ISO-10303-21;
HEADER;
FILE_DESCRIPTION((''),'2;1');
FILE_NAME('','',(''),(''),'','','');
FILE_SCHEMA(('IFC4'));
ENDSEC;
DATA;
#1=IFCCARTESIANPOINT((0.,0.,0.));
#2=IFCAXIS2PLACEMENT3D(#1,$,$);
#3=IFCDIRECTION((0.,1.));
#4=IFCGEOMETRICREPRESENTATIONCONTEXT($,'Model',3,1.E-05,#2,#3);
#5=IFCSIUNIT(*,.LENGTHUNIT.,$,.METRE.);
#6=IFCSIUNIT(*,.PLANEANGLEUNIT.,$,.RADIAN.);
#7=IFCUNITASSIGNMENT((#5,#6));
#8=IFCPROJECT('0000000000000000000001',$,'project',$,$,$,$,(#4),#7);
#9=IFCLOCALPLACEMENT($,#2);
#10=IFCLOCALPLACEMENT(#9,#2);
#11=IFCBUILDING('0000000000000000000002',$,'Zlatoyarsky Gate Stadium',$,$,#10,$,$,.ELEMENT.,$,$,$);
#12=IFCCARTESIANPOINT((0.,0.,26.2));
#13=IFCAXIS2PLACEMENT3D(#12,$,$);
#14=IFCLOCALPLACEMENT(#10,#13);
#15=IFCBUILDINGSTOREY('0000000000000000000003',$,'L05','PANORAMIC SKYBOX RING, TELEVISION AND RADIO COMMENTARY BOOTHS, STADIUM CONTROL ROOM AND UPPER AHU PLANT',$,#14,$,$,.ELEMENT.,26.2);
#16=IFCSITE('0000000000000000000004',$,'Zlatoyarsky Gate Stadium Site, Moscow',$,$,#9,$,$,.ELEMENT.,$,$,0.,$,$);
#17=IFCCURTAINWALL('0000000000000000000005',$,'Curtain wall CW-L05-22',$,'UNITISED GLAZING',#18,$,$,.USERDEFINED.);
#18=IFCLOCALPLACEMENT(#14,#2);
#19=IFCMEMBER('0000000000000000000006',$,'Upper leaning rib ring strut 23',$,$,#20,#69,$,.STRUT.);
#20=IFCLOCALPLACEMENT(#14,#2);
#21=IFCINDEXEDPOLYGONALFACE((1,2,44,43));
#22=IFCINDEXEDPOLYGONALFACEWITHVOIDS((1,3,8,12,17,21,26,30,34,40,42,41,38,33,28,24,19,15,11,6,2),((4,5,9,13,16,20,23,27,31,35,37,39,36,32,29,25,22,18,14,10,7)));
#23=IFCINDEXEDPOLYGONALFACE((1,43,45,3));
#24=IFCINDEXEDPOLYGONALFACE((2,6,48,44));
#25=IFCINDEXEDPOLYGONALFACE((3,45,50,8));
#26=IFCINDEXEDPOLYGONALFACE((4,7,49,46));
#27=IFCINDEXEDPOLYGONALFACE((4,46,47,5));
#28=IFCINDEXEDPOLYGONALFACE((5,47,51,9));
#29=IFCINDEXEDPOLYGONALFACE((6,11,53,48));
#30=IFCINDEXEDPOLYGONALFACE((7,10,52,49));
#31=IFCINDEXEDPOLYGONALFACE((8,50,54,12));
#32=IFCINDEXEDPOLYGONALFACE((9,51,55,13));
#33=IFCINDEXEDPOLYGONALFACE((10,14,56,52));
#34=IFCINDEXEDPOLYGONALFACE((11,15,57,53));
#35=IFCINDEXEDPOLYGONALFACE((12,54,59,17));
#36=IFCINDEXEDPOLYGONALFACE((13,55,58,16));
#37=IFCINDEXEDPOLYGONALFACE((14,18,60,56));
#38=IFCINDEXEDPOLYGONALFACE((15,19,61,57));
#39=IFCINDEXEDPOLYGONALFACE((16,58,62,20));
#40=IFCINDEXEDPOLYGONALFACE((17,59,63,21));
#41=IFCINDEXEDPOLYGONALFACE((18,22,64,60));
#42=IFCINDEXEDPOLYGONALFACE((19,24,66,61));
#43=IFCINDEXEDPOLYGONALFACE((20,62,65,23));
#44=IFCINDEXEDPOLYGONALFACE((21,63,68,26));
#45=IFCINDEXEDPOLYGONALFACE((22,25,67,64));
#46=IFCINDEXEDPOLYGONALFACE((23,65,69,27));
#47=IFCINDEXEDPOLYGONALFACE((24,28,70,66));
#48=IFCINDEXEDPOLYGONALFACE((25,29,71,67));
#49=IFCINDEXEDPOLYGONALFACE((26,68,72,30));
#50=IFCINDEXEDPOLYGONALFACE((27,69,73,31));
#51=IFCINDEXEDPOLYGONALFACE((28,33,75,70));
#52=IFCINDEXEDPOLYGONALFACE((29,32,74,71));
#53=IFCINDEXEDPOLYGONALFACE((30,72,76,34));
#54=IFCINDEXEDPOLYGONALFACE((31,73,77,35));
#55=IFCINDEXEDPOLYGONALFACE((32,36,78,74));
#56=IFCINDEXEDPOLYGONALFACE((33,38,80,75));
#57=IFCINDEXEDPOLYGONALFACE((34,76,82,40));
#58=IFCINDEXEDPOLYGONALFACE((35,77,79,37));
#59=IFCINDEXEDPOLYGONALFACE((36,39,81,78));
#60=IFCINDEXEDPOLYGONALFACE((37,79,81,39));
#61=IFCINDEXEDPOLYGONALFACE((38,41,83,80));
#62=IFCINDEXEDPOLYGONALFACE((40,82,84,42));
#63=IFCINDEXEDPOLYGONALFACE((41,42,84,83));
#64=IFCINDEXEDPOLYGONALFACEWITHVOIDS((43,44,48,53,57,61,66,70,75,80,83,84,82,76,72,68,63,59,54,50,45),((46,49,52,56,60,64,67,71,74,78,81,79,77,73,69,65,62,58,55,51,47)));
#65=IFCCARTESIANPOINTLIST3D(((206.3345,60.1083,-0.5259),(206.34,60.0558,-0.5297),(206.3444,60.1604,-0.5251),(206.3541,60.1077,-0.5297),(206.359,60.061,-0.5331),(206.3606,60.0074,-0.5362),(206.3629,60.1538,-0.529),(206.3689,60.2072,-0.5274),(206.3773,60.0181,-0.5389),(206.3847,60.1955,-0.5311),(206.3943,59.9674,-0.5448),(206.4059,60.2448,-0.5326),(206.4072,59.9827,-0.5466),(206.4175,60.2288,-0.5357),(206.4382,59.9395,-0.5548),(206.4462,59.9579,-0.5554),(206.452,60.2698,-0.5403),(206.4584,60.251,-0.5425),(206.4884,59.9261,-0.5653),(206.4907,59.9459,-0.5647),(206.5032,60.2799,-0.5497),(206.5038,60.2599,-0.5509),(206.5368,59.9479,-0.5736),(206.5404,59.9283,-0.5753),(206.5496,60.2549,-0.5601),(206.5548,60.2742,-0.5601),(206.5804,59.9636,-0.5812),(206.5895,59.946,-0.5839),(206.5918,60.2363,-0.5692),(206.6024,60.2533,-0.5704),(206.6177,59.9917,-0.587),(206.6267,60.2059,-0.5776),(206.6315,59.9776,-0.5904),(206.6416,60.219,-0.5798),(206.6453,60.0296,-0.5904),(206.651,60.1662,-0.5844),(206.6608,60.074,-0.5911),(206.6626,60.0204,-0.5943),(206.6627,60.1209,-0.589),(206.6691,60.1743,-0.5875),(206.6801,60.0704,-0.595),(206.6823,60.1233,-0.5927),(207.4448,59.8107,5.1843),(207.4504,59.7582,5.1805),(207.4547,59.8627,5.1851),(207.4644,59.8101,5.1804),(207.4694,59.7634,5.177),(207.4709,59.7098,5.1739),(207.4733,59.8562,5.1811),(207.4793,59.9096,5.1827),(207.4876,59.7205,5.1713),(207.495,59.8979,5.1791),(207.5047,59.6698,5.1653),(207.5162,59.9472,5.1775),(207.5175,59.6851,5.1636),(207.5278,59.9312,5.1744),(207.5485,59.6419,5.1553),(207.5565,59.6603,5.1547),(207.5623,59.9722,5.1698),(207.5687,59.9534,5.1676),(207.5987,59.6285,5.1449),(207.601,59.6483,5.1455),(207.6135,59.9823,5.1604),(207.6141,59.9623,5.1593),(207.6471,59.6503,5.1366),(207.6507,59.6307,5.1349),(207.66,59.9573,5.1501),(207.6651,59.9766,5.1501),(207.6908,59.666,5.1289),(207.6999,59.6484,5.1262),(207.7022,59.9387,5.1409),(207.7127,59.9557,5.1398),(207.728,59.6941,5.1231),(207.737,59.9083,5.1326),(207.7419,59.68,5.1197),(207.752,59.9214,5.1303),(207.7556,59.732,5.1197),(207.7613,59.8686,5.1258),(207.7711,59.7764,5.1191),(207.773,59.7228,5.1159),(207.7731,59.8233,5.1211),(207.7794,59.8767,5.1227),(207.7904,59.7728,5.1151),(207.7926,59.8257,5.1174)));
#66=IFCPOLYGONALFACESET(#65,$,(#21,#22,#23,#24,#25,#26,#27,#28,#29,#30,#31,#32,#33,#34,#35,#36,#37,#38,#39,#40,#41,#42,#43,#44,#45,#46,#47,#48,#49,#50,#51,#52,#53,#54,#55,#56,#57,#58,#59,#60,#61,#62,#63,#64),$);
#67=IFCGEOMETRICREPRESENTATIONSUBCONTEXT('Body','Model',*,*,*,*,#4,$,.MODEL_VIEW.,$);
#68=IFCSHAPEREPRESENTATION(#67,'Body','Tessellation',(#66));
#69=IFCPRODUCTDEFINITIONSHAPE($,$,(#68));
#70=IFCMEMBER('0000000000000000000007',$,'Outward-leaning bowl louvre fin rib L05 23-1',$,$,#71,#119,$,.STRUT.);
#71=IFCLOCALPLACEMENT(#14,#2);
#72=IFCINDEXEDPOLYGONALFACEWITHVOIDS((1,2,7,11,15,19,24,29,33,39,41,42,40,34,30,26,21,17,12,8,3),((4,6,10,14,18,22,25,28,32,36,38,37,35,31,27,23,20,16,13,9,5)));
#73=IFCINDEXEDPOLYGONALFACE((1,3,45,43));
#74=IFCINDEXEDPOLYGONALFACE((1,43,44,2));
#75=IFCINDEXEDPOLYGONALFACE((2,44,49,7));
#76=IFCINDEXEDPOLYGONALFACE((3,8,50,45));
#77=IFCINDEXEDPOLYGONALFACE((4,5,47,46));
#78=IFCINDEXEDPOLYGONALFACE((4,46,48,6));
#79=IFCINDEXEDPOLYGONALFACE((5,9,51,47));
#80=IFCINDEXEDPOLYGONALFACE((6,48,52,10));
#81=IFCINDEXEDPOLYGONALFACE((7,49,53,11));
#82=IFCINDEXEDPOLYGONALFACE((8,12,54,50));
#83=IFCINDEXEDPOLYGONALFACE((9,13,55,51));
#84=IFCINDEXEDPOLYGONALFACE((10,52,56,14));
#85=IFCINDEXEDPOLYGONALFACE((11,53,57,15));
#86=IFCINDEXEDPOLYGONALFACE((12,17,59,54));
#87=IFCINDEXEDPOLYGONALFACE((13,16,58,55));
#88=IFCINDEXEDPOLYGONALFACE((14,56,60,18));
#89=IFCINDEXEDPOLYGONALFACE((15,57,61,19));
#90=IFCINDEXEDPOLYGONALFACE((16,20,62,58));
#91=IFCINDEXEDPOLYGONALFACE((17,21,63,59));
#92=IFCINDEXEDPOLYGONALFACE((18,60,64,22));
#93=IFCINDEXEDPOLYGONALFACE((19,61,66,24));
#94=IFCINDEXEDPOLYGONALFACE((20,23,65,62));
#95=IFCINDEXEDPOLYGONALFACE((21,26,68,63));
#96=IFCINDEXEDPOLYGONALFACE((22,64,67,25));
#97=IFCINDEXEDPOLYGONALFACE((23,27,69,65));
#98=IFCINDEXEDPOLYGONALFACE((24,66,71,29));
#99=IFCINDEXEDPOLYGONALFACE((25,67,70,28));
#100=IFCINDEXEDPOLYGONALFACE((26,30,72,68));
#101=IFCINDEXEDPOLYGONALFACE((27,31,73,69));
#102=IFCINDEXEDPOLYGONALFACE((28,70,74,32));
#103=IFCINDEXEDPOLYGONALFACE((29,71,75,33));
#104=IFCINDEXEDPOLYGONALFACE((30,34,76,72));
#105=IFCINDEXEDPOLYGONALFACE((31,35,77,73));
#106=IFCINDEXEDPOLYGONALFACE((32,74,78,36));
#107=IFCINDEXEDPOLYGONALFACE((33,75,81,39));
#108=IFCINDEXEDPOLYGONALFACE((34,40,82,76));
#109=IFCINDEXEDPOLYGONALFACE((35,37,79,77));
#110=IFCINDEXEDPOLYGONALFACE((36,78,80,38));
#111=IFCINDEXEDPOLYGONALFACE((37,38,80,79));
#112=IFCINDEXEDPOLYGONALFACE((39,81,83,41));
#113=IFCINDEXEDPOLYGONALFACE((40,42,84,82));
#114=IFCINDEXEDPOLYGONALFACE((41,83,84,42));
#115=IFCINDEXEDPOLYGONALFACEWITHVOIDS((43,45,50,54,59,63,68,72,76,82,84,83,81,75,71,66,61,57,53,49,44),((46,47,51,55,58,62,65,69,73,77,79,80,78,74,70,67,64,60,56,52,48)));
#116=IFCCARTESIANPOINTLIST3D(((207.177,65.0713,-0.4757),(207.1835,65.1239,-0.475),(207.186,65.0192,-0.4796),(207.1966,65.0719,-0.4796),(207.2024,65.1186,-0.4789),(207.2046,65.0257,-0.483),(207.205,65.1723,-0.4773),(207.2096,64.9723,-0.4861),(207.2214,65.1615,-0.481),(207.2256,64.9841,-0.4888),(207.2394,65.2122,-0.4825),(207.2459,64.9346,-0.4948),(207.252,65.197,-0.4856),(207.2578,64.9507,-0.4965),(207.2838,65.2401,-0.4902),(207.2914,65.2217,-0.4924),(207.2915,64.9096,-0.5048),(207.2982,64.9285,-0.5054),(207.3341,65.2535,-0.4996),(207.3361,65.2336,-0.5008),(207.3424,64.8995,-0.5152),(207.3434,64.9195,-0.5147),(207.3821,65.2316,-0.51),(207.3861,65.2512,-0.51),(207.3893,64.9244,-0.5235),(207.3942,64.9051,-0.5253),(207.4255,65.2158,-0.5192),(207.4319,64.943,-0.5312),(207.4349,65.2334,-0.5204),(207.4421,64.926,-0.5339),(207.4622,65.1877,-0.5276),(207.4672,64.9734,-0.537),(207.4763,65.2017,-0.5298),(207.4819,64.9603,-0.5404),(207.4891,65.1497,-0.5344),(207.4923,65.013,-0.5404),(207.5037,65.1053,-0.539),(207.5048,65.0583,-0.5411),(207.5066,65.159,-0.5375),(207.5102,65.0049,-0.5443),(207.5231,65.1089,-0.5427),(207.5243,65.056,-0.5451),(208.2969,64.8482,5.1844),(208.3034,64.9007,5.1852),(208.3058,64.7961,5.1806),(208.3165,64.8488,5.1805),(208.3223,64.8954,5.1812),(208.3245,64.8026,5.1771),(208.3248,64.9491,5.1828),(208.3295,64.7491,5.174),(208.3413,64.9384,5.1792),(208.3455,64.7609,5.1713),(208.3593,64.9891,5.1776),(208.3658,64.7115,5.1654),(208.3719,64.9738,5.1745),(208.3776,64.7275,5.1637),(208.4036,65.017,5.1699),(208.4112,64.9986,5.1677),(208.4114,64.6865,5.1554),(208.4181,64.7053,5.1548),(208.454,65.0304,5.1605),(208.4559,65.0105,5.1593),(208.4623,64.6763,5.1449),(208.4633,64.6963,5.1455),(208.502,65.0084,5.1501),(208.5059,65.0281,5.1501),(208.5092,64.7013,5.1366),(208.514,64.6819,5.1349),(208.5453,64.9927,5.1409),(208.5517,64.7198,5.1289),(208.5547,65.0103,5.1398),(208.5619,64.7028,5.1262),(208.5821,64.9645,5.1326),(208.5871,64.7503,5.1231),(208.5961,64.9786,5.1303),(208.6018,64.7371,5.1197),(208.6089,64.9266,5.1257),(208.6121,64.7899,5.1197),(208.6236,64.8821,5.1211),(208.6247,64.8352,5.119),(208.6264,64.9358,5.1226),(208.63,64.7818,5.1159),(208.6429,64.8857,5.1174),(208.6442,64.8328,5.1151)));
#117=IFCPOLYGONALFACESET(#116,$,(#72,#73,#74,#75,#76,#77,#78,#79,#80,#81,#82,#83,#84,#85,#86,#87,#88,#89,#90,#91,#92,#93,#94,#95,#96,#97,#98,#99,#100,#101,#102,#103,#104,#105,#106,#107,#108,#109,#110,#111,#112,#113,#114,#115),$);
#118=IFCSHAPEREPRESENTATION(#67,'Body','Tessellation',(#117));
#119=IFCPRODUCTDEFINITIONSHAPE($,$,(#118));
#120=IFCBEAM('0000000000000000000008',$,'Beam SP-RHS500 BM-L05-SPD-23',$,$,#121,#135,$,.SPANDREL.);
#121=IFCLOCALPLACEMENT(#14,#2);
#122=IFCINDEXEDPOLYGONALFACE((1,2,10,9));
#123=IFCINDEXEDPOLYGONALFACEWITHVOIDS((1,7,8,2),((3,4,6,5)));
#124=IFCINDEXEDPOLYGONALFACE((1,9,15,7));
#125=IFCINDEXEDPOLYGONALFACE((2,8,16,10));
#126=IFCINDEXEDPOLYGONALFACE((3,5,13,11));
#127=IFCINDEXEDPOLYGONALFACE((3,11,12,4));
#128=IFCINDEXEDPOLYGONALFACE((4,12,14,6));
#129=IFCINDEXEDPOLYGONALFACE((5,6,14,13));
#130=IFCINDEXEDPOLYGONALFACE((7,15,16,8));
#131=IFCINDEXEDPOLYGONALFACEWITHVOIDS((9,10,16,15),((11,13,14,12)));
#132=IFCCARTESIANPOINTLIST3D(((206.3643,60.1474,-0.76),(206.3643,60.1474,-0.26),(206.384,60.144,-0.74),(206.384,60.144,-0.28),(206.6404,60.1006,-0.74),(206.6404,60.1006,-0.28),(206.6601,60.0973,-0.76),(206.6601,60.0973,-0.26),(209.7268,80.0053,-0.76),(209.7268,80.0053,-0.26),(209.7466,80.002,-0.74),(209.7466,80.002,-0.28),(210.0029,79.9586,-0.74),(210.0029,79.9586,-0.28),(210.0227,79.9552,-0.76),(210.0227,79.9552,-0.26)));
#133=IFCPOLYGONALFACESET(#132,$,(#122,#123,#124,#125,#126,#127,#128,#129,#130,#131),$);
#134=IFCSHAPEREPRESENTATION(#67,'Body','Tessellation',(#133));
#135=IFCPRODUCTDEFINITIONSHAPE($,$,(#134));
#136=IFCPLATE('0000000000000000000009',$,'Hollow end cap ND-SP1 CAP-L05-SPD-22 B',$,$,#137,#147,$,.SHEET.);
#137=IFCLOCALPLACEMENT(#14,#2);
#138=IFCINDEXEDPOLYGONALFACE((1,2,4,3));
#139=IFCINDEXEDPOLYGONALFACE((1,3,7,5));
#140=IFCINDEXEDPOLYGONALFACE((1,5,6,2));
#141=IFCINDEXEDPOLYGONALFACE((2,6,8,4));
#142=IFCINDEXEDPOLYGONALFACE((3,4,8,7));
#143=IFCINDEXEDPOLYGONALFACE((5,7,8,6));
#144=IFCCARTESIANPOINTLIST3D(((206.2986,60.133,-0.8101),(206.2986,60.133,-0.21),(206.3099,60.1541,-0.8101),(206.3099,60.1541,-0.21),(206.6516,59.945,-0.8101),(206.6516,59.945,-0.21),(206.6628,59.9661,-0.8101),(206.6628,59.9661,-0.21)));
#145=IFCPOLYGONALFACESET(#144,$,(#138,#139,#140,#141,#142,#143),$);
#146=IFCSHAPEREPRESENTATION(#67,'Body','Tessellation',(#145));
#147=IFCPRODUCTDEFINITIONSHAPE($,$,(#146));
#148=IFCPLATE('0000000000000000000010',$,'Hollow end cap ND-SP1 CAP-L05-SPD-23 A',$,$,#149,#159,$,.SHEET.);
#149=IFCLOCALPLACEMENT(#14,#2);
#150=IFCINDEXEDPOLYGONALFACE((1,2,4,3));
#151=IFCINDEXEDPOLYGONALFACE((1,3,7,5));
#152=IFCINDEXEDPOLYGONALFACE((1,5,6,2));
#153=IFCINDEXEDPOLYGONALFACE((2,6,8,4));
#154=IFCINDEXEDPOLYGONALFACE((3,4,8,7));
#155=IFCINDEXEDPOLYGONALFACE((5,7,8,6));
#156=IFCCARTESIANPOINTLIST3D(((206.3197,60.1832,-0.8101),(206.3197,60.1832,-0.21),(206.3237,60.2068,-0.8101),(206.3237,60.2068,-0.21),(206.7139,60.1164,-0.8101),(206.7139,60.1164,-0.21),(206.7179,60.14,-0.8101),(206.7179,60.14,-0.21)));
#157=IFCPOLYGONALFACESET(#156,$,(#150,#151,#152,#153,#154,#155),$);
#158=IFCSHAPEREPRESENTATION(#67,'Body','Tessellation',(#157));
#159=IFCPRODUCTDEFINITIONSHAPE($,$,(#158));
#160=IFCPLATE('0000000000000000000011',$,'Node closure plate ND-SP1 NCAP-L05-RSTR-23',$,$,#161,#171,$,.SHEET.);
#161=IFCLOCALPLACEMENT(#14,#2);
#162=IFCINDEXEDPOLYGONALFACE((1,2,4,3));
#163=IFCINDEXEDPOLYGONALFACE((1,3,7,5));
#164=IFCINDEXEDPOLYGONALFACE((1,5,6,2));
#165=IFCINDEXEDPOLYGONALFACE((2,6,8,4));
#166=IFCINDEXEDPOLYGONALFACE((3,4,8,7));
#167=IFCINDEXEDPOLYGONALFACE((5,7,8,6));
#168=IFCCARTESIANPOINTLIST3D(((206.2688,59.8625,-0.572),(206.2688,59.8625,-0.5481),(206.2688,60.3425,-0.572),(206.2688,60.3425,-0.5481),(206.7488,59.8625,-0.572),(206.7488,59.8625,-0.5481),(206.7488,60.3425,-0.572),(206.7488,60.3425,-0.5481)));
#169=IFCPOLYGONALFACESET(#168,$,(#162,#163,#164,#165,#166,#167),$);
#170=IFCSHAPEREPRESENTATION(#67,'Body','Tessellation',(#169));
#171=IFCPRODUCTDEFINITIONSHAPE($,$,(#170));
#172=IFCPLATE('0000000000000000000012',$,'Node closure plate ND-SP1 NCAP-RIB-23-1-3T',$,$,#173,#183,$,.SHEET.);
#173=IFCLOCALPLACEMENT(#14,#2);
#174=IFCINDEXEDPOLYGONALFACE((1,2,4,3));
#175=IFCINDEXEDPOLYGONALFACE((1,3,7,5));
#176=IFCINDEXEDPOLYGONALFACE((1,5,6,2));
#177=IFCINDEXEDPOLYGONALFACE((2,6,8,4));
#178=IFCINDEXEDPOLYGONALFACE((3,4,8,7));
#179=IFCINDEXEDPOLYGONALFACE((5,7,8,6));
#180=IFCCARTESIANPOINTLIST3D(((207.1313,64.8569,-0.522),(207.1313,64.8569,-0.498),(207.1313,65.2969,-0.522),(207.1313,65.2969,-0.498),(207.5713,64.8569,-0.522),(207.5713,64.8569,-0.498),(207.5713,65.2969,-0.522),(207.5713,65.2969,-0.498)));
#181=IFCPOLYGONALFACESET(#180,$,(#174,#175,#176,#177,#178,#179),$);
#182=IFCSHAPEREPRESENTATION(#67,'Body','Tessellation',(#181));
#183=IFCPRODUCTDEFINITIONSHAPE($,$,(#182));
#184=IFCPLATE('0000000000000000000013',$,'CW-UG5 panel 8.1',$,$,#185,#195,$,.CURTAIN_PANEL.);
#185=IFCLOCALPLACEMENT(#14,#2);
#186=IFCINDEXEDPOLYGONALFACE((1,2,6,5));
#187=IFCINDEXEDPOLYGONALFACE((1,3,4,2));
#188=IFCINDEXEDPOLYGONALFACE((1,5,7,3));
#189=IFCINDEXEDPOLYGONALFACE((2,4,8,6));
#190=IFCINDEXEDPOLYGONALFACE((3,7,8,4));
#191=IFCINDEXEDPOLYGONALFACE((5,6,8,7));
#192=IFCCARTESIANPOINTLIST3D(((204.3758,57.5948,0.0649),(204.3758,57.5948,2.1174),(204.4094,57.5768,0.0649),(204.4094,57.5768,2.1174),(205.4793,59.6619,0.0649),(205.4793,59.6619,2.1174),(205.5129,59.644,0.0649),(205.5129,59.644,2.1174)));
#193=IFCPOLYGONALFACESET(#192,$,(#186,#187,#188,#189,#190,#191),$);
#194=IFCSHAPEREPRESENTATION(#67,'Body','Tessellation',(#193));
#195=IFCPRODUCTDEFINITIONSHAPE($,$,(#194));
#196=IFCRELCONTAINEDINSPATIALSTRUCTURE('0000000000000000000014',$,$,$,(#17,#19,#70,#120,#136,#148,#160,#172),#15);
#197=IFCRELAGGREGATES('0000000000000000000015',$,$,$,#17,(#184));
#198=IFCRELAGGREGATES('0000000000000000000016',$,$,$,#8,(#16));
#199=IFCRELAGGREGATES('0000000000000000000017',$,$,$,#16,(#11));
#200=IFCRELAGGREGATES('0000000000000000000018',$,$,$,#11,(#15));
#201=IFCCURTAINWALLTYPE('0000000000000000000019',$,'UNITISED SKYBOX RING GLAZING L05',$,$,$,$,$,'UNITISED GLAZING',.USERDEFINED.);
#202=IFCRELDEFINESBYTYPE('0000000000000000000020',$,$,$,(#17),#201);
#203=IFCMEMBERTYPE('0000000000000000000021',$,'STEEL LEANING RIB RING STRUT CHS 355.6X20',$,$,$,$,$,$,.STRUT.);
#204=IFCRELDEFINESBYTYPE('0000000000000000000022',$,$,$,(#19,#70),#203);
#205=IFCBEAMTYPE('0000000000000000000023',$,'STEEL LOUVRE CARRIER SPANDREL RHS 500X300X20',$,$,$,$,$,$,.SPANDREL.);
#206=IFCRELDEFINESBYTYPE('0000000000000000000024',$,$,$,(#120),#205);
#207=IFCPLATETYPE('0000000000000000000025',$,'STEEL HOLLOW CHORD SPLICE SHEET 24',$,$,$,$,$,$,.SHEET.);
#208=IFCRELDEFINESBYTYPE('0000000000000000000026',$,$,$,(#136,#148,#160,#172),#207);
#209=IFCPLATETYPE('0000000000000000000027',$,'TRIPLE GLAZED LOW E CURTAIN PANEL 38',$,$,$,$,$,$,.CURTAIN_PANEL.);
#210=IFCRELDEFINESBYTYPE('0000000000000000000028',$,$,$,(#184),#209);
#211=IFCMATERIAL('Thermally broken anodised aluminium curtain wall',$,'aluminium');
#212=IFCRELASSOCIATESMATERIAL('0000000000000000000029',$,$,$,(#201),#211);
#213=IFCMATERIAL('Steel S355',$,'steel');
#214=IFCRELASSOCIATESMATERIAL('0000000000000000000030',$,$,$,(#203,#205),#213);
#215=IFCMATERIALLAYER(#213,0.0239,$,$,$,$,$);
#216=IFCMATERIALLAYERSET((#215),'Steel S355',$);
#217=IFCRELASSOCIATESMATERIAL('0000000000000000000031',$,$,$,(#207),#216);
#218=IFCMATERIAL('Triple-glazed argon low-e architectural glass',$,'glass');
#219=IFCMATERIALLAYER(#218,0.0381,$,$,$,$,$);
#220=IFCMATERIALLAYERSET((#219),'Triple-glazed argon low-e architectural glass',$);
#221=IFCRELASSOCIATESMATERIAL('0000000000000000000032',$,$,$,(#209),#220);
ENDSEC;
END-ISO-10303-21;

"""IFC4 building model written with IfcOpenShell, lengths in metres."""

from ifc_helpers import new_model, si_unit, direction, frame, origin, origin_2d, place, context, subcontext, project, spatial, rectangle, hollow_rectangle, hollow_circle, extrude, material, layer, layer_set, material_profile, profile_set, type_object, element, aggregate, save


model = new_model("IFC4")

# Units and contexts
model_context = context("Model", 3, precision=1e-05, world=origin(), true_north=direction((0.0, 1.0)))
body_context = subcontext(model_context, "Body", "Model", "MODEL_VIEW")
ifc_project = project(units=[si_unit("LENGTHUNIT", "METRE"), si_unit("PLANEANGLEUNIT", "RADIAN")], contexts=[model_context])

# Site, building, storey
site_placement = place(None, origin())
site = spatial("IfcSite", under=ifc_project, at=site_placement, Name="Zlatoyarsky Gate Stadium Site, Moscow", CompositionType="ELEMENT", RefElevation=0.0)
building_placement = place(site_placement, origin())
building = spatial("IfcBuilding", under=site, at=building_placement, Name="Zlatoyarsky Gate Stadium", CompositionType="ELEMENT")
storey_placement = place(building_placement, frame((0.0, 0.0, 26.2)))
storey = spatial("IfcBuildingStorey", under=building, at=storey_placement, Name="L05", Description="PANORAMIC SKYBOX RING, TELEVISION AND RADIO COMMENTARY BOOTHS, STADIUM CONTROL ROOM AND UPPER AHU PLANT", CompositionType="ELEMENT", Elevation=26.2)

# Curtain wall
ifc_material_1 = material(Name="Thermally broken anodised aluminium curtain wall", Category="aluminium")
curtain_wall_type = type_object("IfcCurtainWallType", Name="UNITISED SKYBOX RING GLAZING L05", ElementType="UNITISED GLAZING", PredefinedType="USERDEFINED", material=ifc_material_1)
curtain_wall_1_placement = place(storey_placement, origin())
curtain_wall_1 = element("IfcCurtainWall", 1, at=curtain_wall_1_placement, inside=storey, type_object=curtain_wall_type, Name="Curtain wall CW-L05-22", ObjectType="UNITISED GLAZING", PredefinedType="USERDEFINED")

# Members
ifc_material_2 = material(Name="Steel S355", Category="steel")
ifc_material_profile_1 = material_profile(ifc_material_2, hollow_circle(Radius=0.1777, WallThickness=0.02, at=origin_2d()), Name="CHS 355.6X20")
ifc_profile_set_1 = profile_set([ifc_material_profile_1], Name="Steel S355")
member_type_1 = type_object("IfcMemberType", Name="STEEL LEANING RIB RING STRUT CHS 355.6X20", PredefinedType="STRUT", material=ifc_profile_set_1)
member_1_placement = place(storey_placement, frame((206.5088, 60.1025, -0.5601), z_axis=(0.190626, -0.051093, 0.980332), x_axis=(0.258892, 0.965906, 0.0)))
element("IfcMember", 2, at=member_1_placement, inside=storey, type_object=member_type_1, Name="Upper leaning rib ring strut 23", PredefinedType="STRUT", context=body_context, shape_type="SweptSolid", body=[
    extrude(hollow_circle(Radius=0.1777, WallThickness=0.02, at=origin_2d()), origin(), (0.0, 0.0, 1.0), 5.8247),
])
member_2_placement = place(storey_placement, frame((207.3513, 65.0769, -0.51), z_axis=(0.193945, -0.038645, 0.980251), x_axis=(0.195417, 0.98072, 0.0)))
element("IfcMember", 3, at=member_2_placement, inside=storey, type_object=member_type_1, Name="Outward-leaning bowl louvre fin rib L05 23-1", PredefinedType="STRUT", context=body_context, shape_type="SweptSolid", body=[
    extrude(hollow_circle(Radius=0.1777, WallThickness=0.02, at=origin_2d()), origin(), (0.0, 0.0, 1.0), 5.7742),
])

# Beam
ifc_material_profile_2 = material_profile(ifc_material_2, hollow_rectangle(XDim=0.3, YDim=0.5, WallThickness=0.02, at=origin_2d()), Name="RHS 500X300X20")
ifc_profile_set_2 = profile_set([ifc_material_profile_2], Name="Steel S355")
beam_type = type_object("IfcBeamType", Name="STEEL LOUVRE CARRIER SPANDREL RHS 500X300X20", PredefinedType="SPANDREL", material=ifc_profile_set_2)
beam_placement = place(storey_placement, frame((206.5122, 60.1223, -0.51), z_axis=(0.166954, 0.985965, 0.0), x_axis=(-0.985965, 0.166954, 0.0)))
element("IfcBeam", 4, at=beam_placement, inside=storey, type_object=beam_type, Name="Beam SP-RHS500 BM-L05-SPD-23", PredefinedType="SPANDREL", context=body_context, shape_type="SweptSolid", body=[
    extrude(hollow_rectangle(XDim=0.3, YDim=0.5, WallThickness=0.02, at=origin_2d()), origin(), (0.0, 0.0, 1.0), 20.1406),
])

# Plates
ifc_layer_1 = layer(ifc_material_2, 0.0239)
ifc_layer_set_1 = layer_set([ifc_layer_1], Name="Steel S355")
plate_type_1 = type_object("IfcPlateType", Name="STEEL HOLLOW CHORD SPLICE SHEET 24", PredefinedType="SHEET", material=ifc_layer_set_1)
for number, where, z_axis, x_axis, name in (
    (5, (206.4807, 60.0496, -0.8101), (0.0, 0.0, 1.0), (0.470186, 0.882567, 0.0), "Hollow end cap ND-SP1 CAP-L05-SPD-22 B"),
    (6, (206.5188, 60.1616, -0.8101), (0.0, 0.0, 1.0), (0.166951, 0.985965, 0.0), "Hollow end cap ND-SP1 CAP-L05-SPD-23 A"),
):
    element("IfcPlate", number, at=place(storey_placement, frame(where, z_axis=z_axis, x_axis=x_axis)), inside=storey, type_object=plate_type_1, Name=name, PredefinedType="SHEET", context=body_context, shape_type="SweptSolid", body=[
        extrude(rectangle(XDim=0.0239, YDim=0.3999, at=origin_2d()), origin(), (0.0, 0.0, 1.0), 0.6001),
    ])
plate_1_placement = place(storey_placement, frame((206.5088, 60.1025, -0.572), z_axis=(0.0, 0.0, 1.0), x_axis=(1.0, 0.0, 0.0)))
element("IfcPlate", 7, at=plate_1_placement, inside=storey, type_object=plate_type_1, Name="Node closure plate ND-SP1 NCAP-L05-RSTR-23", PredefinedType="SHEET", context=body_context, shape_type="SweptSolid", body=[
    extrude(rectangle(XDim=0.48, YDim=0.48, at=origin_2d()), origin(), (0.0, 0.0, 1.0), 0.0239),
])
plate_2_placement = place(storey_placement, frame((207.3513, 65.0769, -0.522), z_axis=(0.0, 0.0, 1.0), x_axis=(1.0, 0.0, 0.0)))
element("IfcPlate", 8, at=plate_2_placement, inside=storey, type_object=plate_type_1, Name="Node closure plate ND-SP1 NCAP-RIB-23-1-3T", PredefinedType="SHEET", context=body_context, shape_type="SweptSolid", body=[
    extrude(rectangle(XDim=0.4399, YDim=0.4399, at=origin_2d()), origin(), (0.0, 0.0, 1.0), 0.0239),
])

# Plate
ifc_material_3 = material(Name="Triple-glazed argon low-e architectural glass", Category="glass")
ifc_layer_2 = layer(ifc_material_3, 0.0381)
ifc_layer_set_2 = layer_set([ifc_layer_2], Name="Triple-glazed argon low-e architectural glass")
plate_type_2 = type_object("IfcPlateType", Name="TRIPLE GLAZED LOW E CURTAIN PANEL 38", PredefinedType="CURTAIN_PANEL", material=ifc_layer_set_2)
plate_3_placement = place(storey_placement, frame((204.9443, 58.6194, 0.0649), z_axis=(0.0, 0.0, 1.0), x_axis=(0.470935, 0.882168, 0.0)))
plate_3 = element("IfcPlate", 9, at=plate_3_placement, type_object=plate_type_2, Name="CW-UG5 panel 8.1", PredefinedType="CURTAIN_PANEL", context=body_context, shape_type="SweptSolid", body=[
    extrude(rectangle(XDim=2.3433, YDim=0.0381, at=origin_2d()), origin(), (0.0, 0.0, 1.0), 2.0525),
])
aggregate(curtain_wall_1, [plate_3])

save(model, "model.ifc")
